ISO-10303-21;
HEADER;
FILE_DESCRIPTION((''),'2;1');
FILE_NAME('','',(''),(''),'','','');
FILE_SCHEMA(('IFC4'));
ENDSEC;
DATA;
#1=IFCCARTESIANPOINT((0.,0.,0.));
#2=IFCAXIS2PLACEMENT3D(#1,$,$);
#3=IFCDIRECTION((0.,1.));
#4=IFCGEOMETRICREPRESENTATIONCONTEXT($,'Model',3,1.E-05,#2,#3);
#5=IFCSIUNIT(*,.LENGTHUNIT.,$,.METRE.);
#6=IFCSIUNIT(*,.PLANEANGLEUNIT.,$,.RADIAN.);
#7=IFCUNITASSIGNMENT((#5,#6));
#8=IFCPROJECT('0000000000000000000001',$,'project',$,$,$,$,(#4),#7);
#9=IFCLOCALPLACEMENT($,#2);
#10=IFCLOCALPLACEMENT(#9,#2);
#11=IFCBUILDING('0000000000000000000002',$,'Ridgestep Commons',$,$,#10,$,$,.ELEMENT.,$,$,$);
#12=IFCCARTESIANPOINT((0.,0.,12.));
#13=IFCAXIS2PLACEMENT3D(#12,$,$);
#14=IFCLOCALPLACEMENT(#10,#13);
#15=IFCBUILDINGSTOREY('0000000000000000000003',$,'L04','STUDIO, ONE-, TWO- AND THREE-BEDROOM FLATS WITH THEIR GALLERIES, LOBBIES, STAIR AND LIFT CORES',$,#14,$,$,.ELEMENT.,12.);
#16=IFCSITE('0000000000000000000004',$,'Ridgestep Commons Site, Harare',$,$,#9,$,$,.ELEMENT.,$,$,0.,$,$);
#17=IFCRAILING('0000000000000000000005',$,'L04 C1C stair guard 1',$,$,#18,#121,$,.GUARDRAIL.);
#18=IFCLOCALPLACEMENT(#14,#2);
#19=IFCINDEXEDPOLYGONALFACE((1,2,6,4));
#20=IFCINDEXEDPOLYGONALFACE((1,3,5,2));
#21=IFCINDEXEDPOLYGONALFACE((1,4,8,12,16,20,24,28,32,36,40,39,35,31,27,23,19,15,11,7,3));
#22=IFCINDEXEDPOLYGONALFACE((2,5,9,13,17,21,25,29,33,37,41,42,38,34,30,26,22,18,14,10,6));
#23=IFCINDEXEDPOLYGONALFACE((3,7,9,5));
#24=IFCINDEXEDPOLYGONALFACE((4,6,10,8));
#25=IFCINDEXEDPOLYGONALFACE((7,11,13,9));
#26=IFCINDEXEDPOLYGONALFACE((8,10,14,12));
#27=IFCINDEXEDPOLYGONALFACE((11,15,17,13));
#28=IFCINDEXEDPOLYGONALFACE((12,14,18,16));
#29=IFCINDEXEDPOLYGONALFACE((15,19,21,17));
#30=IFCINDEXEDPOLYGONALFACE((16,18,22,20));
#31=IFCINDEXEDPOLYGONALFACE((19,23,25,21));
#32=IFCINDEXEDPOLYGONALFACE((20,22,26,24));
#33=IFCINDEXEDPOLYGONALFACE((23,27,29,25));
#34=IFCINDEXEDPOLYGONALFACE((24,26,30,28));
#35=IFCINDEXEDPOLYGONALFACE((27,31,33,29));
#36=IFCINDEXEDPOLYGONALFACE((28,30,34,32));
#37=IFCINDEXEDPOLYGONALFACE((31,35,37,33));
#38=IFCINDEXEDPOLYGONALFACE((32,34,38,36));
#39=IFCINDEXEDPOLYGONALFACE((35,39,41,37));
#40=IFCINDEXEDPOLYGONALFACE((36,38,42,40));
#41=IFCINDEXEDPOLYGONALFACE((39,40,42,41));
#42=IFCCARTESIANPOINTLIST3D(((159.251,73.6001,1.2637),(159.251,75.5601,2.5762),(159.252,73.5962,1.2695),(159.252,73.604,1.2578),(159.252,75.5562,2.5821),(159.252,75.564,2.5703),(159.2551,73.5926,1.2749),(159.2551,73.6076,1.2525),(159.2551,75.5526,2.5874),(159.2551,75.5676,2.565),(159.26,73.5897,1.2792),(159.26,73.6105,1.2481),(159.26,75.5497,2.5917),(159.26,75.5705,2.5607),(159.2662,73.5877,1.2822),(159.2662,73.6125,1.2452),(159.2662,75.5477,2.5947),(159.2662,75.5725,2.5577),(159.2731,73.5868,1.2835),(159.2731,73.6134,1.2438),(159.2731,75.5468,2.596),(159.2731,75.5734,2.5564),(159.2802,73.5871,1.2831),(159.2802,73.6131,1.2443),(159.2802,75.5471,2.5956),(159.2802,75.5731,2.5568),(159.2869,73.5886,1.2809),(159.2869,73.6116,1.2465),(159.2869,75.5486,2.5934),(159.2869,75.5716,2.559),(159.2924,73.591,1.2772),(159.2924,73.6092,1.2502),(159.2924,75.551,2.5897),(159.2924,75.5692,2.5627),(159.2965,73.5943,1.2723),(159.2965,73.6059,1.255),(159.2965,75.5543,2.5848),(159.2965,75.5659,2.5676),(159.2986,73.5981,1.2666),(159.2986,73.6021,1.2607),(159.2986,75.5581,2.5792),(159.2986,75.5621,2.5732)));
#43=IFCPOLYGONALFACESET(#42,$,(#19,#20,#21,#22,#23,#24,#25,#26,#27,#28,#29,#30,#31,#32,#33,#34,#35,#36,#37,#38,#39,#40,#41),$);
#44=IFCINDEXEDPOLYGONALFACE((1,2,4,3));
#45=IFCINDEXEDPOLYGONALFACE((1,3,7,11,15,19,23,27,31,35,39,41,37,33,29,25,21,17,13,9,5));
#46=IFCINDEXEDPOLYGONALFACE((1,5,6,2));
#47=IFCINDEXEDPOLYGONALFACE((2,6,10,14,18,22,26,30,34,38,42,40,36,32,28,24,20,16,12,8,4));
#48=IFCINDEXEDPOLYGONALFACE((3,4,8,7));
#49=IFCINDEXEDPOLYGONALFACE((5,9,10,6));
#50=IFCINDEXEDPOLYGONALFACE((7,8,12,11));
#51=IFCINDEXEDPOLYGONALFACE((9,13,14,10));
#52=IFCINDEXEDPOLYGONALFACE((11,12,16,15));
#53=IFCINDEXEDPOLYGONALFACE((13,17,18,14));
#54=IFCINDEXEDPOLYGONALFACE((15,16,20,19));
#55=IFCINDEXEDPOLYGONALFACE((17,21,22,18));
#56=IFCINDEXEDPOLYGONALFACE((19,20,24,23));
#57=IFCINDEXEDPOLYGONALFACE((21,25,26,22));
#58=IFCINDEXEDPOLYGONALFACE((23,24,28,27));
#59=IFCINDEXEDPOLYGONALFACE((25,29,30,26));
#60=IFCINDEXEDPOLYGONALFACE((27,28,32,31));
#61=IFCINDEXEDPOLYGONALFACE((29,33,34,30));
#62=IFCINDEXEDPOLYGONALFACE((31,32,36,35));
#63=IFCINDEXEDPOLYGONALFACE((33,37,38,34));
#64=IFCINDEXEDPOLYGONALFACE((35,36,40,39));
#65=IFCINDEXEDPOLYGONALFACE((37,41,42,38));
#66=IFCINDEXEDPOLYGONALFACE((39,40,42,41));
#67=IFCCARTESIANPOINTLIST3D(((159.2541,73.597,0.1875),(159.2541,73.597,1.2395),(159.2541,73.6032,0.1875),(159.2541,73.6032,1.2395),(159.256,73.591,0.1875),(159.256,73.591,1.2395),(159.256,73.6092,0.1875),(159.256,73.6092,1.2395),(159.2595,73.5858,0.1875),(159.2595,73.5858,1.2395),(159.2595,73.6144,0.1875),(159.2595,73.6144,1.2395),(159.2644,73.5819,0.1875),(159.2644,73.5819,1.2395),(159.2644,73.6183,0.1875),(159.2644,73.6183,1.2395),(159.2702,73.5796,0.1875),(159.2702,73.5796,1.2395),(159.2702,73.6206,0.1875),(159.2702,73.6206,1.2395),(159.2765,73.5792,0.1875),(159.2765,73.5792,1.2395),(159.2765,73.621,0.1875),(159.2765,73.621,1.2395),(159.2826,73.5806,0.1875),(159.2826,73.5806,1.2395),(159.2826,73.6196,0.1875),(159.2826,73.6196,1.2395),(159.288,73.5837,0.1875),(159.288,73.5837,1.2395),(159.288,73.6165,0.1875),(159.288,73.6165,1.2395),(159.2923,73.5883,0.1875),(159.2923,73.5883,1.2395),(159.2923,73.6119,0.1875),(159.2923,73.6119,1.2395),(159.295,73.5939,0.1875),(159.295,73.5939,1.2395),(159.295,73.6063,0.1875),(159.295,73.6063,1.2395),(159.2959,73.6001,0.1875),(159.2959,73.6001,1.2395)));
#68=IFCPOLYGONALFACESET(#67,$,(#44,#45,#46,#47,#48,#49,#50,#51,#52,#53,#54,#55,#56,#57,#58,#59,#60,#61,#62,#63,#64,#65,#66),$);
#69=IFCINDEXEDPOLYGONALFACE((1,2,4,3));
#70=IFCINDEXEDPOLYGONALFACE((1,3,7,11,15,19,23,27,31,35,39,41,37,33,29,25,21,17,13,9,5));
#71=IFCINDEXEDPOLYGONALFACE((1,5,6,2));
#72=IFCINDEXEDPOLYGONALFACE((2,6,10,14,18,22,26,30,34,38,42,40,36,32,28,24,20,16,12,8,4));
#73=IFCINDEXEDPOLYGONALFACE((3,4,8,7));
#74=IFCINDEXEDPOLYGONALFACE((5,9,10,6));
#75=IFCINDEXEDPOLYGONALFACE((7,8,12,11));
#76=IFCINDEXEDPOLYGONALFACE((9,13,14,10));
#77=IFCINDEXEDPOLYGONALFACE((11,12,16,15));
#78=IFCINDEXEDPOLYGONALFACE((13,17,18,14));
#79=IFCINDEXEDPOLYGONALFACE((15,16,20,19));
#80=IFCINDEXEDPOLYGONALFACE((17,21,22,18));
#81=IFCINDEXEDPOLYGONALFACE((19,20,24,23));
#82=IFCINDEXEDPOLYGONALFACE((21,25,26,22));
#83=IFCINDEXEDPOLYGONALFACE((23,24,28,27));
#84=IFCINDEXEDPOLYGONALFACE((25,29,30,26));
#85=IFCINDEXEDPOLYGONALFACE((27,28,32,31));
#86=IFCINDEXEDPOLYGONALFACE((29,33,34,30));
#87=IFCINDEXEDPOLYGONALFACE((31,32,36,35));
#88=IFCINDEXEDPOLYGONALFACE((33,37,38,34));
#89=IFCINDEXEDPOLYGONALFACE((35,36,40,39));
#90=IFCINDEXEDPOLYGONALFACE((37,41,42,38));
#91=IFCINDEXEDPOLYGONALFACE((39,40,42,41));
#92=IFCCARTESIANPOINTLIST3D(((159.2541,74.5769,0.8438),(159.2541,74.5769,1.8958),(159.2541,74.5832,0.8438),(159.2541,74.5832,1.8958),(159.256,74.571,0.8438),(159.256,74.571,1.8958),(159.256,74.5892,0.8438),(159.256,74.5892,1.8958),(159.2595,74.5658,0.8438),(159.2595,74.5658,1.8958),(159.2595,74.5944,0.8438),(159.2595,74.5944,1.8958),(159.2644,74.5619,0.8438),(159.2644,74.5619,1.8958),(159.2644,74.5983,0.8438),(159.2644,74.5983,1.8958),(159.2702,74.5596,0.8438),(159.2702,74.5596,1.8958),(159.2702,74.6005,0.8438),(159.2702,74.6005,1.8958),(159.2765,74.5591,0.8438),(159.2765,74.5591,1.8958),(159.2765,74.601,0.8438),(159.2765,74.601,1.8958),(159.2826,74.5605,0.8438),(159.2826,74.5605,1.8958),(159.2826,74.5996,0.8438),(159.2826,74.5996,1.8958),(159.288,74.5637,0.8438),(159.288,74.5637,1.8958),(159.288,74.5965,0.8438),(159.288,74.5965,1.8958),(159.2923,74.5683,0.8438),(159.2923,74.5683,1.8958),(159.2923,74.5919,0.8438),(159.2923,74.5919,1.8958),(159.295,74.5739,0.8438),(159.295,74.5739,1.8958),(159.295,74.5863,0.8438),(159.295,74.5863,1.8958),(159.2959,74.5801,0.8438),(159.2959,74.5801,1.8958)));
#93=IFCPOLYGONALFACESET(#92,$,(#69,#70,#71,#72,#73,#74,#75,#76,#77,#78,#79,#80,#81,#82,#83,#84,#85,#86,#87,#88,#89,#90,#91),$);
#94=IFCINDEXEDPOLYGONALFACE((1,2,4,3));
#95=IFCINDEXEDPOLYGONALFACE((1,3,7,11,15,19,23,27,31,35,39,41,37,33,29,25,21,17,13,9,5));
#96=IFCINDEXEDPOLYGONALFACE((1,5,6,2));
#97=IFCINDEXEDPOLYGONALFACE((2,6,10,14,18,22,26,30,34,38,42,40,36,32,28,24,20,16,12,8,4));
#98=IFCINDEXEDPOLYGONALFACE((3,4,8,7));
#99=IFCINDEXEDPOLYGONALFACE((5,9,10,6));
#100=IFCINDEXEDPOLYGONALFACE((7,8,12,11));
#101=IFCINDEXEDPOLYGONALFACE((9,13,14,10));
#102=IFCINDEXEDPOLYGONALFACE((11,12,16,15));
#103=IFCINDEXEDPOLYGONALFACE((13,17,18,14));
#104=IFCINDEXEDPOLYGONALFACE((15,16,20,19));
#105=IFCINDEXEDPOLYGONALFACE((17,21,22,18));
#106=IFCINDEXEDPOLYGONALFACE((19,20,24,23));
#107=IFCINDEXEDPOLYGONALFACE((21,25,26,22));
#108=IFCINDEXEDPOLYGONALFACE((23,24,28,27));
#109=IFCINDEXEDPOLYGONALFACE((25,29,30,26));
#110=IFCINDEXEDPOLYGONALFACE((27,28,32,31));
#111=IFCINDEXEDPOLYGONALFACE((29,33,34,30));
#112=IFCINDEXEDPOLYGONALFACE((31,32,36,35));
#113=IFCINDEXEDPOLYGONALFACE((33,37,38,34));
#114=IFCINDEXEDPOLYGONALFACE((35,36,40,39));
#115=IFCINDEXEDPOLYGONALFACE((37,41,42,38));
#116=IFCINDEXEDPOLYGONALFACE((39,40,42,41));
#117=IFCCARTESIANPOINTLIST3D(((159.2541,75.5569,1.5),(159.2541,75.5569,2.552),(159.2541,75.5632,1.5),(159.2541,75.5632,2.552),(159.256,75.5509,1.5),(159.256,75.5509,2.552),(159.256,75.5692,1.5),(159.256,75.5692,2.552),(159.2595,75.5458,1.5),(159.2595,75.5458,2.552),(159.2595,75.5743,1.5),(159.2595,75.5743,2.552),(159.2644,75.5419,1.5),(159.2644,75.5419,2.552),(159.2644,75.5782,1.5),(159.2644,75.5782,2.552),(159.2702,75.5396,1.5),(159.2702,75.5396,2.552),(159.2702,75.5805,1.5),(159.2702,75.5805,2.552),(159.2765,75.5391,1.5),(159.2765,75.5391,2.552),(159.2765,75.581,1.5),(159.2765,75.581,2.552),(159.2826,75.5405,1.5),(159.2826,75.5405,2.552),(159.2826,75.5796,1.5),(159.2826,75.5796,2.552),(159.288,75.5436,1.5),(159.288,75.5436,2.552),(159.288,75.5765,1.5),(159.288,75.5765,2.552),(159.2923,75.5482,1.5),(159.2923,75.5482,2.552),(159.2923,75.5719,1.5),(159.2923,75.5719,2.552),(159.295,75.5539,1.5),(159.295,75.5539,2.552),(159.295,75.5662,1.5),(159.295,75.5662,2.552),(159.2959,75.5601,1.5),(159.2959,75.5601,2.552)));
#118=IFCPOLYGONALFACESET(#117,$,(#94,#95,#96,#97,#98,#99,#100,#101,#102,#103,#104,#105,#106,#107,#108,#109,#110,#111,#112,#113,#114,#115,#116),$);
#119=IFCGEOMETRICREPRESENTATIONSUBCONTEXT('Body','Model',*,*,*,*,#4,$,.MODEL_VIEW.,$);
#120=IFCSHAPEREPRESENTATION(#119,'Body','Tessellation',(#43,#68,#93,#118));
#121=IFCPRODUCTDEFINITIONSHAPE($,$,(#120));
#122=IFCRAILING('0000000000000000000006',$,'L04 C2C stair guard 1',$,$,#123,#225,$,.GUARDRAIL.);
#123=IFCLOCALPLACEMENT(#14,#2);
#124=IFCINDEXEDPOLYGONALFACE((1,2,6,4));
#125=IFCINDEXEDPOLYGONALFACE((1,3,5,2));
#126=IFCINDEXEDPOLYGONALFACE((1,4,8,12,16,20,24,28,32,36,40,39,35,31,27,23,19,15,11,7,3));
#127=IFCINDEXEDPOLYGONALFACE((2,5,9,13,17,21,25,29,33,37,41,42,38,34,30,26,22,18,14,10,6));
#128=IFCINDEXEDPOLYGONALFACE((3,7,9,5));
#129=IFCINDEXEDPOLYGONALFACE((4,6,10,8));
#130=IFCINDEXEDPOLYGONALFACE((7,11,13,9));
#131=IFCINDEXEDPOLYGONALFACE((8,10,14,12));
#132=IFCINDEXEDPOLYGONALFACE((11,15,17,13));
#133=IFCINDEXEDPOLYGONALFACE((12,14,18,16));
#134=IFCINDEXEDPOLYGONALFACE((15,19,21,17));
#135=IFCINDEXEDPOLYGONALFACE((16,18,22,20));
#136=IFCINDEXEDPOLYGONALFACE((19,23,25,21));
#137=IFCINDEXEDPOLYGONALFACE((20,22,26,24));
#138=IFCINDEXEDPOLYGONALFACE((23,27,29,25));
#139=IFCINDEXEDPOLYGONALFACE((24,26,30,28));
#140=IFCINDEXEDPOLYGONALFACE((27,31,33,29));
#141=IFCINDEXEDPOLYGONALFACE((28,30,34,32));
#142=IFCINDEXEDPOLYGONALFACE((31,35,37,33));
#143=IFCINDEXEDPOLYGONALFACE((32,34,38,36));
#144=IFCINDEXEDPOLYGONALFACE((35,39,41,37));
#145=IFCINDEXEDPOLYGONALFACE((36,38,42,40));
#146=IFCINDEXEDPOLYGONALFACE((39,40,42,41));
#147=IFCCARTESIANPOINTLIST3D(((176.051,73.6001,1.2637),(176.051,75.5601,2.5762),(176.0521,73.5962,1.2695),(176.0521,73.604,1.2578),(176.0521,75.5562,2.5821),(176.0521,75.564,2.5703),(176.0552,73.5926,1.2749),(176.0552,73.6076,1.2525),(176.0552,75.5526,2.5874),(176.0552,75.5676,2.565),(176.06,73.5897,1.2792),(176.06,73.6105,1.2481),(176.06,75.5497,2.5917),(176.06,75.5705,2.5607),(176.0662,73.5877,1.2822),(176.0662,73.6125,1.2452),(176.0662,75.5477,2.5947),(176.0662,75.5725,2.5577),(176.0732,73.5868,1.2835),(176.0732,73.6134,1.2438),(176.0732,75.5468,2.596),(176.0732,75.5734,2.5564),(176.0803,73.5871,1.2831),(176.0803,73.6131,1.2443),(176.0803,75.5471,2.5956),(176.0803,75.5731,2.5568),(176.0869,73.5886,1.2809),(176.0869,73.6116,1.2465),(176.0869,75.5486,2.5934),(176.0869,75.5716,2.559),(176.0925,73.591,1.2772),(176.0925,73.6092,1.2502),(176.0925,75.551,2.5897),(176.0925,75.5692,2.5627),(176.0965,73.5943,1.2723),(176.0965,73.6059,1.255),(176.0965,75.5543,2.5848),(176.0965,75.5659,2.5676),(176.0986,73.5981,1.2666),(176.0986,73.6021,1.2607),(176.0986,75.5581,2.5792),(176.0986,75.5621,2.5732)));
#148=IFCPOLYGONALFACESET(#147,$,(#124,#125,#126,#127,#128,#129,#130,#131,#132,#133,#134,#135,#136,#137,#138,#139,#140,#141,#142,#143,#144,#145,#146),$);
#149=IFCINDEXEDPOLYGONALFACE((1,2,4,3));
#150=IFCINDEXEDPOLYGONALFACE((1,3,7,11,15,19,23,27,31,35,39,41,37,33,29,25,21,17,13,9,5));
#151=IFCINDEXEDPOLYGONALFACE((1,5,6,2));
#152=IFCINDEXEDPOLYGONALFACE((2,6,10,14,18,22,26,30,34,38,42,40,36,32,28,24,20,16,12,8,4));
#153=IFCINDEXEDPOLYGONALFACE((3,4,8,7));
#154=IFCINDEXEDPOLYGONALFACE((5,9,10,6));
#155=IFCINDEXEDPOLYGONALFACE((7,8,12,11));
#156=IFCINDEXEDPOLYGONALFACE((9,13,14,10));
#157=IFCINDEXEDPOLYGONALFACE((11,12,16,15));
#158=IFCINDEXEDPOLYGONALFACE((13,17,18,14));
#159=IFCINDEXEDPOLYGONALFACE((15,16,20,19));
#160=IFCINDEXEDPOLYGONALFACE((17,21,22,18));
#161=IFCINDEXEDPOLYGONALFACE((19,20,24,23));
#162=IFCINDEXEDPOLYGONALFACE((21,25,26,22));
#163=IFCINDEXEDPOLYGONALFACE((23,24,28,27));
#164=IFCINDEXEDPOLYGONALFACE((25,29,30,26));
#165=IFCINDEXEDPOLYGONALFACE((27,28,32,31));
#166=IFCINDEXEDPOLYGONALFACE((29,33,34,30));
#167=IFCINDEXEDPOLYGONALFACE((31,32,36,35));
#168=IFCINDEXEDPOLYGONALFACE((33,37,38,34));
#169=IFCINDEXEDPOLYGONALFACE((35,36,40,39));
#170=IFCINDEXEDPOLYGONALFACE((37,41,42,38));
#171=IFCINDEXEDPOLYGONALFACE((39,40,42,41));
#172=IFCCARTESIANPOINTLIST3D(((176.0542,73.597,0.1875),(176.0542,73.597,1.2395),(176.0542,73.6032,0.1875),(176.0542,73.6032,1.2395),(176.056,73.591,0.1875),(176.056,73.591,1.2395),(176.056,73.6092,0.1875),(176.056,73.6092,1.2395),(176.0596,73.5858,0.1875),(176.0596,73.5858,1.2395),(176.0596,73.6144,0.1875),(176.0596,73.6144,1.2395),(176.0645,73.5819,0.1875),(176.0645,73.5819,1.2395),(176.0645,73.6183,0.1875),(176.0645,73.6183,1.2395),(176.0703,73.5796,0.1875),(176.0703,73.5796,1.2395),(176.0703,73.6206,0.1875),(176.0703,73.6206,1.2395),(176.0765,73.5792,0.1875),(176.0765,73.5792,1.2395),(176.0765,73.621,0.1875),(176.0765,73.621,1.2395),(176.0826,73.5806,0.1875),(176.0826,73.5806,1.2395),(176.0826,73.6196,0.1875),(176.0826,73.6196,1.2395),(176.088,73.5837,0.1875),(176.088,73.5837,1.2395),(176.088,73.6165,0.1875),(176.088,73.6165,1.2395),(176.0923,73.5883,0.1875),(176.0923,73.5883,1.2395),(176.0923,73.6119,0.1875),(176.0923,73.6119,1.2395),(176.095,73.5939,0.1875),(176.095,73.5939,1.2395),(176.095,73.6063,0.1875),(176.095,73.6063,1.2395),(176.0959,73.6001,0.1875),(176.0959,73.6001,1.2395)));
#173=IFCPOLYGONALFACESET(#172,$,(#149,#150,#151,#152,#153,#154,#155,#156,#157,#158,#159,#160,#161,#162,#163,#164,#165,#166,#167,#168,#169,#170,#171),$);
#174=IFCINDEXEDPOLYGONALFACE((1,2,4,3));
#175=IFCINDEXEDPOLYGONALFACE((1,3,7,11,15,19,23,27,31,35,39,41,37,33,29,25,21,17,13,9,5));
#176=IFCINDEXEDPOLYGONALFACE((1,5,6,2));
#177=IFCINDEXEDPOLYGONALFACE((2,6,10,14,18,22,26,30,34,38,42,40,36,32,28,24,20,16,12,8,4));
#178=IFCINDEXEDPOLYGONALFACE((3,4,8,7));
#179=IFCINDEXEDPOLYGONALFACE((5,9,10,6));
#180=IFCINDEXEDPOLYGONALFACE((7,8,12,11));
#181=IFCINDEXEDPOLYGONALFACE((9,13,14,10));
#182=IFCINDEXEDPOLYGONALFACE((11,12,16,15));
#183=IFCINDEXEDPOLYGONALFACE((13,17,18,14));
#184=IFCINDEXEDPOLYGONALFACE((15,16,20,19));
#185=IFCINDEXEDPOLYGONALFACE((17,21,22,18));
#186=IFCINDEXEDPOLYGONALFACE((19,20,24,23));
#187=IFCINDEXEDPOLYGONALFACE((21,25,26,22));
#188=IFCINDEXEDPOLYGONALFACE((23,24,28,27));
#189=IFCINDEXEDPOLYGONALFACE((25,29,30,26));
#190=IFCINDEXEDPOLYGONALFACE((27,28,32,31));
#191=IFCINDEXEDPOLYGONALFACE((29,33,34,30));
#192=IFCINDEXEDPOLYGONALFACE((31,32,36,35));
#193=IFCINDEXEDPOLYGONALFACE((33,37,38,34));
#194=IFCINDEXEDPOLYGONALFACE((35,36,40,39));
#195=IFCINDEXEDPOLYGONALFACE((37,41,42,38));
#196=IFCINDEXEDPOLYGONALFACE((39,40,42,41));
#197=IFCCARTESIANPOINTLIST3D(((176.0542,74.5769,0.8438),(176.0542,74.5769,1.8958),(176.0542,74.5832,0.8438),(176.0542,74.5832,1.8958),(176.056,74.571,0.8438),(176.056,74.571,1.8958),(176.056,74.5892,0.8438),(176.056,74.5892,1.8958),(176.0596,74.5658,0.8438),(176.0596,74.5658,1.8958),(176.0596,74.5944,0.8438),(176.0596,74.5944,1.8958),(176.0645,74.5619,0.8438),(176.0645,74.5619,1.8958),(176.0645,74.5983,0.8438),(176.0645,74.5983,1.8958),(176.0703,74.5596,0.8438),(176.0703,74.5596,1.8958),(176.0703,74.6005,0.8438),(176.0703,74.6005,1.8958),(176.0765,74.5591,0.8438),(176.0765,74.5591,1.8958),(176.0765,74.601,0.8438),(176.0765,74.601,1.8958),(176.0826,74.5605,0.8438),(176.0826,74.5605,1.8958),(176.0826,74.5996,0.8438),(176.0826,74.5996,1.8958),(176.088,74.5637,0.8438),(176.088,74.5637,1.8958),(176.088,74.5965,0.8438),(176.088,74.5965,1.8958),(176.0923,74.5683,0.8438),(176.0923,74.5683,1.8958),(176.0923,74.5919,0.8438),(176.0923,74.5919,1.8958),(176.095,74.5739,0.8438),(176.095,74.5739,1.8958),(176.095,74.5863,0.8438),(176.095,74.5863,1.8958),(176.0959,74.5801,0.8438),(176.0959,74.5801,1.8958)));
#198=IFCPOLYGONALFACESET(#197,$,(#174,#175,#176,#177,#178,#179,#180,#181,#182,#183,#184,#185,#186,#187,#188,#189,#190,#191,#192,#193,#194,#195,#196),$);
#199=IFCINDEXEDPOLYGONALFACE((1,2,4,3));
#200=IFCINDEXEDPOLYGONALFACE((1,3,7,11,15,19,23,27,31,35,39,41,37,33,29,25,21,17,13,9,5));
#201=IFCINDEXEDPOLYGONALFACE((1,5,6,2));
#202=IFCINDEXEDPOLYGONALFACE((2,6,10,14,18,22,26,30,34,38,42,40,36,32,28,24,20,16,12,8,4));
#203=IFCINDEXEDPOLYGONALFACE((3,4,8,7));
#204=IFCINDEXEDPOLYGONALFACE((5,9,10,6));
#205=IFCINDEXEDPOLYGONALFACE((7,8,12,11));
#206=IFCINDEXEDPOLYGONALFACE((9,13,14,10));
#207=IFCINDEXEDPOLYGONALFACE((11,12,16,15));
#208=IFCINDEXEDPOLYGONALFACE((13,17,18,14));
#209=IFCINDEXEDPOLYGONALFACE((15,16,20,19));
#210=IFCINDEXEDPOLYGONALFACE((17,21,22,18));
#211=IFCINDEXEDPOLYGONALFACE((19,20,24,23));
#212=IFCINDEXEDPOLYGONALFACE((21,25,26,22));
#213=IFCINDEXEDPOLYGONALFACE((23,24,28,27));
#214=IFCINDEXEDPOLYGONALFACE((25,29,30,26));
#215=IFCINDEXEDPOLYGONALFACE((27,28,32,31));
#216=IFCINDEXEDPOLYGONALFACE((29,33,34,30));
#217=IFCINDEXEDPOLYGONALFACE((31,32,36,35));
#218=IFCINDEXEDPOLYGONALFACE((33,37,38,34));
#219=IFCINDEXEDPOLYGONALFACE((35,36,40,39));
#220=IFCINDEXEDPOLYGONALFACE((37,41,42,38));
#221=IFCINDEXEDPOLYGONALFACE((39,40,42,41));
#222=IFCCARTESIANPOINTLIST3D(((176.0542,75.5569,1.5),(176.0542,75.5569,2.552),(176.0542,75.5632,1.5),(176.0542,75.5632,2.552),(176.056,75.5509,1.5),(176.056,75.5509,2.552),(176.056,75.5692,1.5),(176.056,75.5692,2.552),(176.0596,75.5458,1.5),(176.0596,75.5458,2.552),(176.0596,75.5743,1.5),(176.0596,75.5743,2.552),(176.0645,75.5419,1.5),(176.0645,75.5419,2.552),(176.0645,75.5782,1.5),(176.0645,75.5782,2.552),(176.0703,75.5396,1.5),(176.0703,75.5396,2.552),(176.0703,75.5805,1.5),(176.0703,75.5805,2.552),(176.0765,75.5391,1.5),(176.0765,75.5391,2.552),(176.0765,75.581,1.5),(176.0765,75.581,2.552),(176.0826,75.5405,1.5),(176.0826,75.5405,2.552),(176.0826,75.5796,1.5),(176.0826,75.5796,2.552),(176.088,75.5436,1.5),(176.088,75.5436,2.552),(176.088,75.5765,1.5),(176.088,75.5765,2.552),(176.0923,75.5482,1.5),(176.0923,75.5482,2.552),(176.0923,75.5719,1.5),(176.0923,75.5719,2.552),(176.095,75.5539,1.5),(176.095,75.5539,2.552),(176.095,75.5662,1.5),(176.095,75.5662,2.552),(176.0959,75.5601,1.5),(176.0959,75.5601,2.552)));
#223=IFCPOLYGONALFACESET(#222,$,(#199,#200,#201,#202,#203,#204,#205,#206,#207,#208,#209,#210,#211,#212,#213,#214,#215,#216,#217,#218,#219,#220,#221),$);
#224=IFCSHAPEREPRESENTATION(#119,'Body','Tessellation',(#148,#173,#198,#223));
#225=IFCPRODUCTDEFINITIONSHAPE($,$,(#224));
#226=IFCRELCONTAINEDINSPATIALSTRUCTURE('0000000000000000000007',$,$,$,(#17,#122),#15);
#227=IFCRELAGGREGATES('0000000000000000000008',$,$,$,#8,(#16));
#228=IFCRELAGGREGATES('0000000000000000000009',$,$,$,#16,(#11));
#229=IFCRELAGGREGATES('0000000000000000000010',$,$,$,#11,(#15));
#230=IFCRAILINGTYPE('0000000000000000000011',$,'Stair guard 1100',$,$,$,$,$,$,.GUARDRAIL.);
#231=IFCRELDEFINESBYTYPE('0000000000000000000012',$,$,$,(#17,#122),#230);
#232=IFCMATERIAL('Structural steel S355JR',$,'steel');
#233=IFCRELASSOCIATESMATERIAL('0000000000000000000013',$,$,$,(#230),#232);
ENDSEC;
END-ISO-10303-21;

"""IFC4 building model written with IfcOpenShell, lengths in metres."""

from ifc_helpers import new_model, si_unit, direction, frame, origin, origin_2d, place, context, subcontext, project, spatial, circle, extrude, material, type_object, element, save


model = new_model("IFC4")

# Units and contexts
model_context = context("Model", 3, precision=1e-05, world=origin(), true_north=direction((0.0, 1.0)))
body_context = subcontext(model_context, "Body", "Model", "MODEL_VIEW")
ifc_project = project(units=[si_unit("LENGTHUNIT", "METRE"), si_unit("PLANEANGLEUNIT", "RADIAN")], contexts=[model_context])

# Site, building, storey
site_placement = place(None, origin())
site = spatial("IfcSite", under=ifc_project, at=site_placement, Name="Ridgestep Commons Site, Harare", CompositionType="ELEMENT", RefElevation=0.0)
building_placement = place(site_placement, origin())
building = spatial("IfcBuilding", under=site, at=building_placement, Name="Ridgestep Commons", CompositionType="ELEMENT")
storey_placement = place(building_placement, frame((0.0, 0.0, 12.0)))
storey = spatial("IfcBuildingStorey", under=building, at=storey_placement, Name="L04", Description="STUDIO, ONE-, TWO- AND THREE-BEDROOM FLATS WITH THEIR GALLERIES, LOBBIES, STAIR AND LIFT CORES", CompositionType="ELEMENT", Elevation=12.0)

# Railings
ifc_material_1 = material(Name="Structural steel S355JR", Category="steel")
railing_type_1 = type_object("IfcRailingType", Name="Stair guard 1100", PredefinedType="GUARDRAIL", material=ifc_material_1)
for number, where, name in (
    (1, (159.2749, 73.6001, 0.1875), "L04 C1C stair guard 1"),
    (2, (176.075, 73.6001, 0.1875), "L04 C2C stair guard 1"),
):
    element("IfcRailing", number, at=place(storey_placement, frame(where)), inside=storey, type_object=railing_type_1, Name=name, PredefinedType="GUARDRAIL", context=body_context, shape_type="SweptSolid", body=[
        extrude(circle(Radius=0.0239, at=origin_2d()), frame((0.0, 0.0, 1.0762), z_axis=(0.0, 0.830902, 0.556419), x_axis=(-1.0, 0.0, 0.0)), (0.0, 0.0, 1.0), 2.3589),
        extrude(circle(Radius=0.021, at=origin_2d()), origin(), (0.0, 0.0, 1.0), 1.052),
        extrude(circle(Radius=0.021, at=origin_2d()), frame((0.0, 0.98, 0.6562)), (0.0, 0.0, 1.0), 1.052),
        extrude(circle(Radius=0.021, at=origin_2d()), frame((0.0, 1.96, 1.3125)), (0.0, 0.0, 1.0), 1.052),
    ])

save(model, "model.ifc")
